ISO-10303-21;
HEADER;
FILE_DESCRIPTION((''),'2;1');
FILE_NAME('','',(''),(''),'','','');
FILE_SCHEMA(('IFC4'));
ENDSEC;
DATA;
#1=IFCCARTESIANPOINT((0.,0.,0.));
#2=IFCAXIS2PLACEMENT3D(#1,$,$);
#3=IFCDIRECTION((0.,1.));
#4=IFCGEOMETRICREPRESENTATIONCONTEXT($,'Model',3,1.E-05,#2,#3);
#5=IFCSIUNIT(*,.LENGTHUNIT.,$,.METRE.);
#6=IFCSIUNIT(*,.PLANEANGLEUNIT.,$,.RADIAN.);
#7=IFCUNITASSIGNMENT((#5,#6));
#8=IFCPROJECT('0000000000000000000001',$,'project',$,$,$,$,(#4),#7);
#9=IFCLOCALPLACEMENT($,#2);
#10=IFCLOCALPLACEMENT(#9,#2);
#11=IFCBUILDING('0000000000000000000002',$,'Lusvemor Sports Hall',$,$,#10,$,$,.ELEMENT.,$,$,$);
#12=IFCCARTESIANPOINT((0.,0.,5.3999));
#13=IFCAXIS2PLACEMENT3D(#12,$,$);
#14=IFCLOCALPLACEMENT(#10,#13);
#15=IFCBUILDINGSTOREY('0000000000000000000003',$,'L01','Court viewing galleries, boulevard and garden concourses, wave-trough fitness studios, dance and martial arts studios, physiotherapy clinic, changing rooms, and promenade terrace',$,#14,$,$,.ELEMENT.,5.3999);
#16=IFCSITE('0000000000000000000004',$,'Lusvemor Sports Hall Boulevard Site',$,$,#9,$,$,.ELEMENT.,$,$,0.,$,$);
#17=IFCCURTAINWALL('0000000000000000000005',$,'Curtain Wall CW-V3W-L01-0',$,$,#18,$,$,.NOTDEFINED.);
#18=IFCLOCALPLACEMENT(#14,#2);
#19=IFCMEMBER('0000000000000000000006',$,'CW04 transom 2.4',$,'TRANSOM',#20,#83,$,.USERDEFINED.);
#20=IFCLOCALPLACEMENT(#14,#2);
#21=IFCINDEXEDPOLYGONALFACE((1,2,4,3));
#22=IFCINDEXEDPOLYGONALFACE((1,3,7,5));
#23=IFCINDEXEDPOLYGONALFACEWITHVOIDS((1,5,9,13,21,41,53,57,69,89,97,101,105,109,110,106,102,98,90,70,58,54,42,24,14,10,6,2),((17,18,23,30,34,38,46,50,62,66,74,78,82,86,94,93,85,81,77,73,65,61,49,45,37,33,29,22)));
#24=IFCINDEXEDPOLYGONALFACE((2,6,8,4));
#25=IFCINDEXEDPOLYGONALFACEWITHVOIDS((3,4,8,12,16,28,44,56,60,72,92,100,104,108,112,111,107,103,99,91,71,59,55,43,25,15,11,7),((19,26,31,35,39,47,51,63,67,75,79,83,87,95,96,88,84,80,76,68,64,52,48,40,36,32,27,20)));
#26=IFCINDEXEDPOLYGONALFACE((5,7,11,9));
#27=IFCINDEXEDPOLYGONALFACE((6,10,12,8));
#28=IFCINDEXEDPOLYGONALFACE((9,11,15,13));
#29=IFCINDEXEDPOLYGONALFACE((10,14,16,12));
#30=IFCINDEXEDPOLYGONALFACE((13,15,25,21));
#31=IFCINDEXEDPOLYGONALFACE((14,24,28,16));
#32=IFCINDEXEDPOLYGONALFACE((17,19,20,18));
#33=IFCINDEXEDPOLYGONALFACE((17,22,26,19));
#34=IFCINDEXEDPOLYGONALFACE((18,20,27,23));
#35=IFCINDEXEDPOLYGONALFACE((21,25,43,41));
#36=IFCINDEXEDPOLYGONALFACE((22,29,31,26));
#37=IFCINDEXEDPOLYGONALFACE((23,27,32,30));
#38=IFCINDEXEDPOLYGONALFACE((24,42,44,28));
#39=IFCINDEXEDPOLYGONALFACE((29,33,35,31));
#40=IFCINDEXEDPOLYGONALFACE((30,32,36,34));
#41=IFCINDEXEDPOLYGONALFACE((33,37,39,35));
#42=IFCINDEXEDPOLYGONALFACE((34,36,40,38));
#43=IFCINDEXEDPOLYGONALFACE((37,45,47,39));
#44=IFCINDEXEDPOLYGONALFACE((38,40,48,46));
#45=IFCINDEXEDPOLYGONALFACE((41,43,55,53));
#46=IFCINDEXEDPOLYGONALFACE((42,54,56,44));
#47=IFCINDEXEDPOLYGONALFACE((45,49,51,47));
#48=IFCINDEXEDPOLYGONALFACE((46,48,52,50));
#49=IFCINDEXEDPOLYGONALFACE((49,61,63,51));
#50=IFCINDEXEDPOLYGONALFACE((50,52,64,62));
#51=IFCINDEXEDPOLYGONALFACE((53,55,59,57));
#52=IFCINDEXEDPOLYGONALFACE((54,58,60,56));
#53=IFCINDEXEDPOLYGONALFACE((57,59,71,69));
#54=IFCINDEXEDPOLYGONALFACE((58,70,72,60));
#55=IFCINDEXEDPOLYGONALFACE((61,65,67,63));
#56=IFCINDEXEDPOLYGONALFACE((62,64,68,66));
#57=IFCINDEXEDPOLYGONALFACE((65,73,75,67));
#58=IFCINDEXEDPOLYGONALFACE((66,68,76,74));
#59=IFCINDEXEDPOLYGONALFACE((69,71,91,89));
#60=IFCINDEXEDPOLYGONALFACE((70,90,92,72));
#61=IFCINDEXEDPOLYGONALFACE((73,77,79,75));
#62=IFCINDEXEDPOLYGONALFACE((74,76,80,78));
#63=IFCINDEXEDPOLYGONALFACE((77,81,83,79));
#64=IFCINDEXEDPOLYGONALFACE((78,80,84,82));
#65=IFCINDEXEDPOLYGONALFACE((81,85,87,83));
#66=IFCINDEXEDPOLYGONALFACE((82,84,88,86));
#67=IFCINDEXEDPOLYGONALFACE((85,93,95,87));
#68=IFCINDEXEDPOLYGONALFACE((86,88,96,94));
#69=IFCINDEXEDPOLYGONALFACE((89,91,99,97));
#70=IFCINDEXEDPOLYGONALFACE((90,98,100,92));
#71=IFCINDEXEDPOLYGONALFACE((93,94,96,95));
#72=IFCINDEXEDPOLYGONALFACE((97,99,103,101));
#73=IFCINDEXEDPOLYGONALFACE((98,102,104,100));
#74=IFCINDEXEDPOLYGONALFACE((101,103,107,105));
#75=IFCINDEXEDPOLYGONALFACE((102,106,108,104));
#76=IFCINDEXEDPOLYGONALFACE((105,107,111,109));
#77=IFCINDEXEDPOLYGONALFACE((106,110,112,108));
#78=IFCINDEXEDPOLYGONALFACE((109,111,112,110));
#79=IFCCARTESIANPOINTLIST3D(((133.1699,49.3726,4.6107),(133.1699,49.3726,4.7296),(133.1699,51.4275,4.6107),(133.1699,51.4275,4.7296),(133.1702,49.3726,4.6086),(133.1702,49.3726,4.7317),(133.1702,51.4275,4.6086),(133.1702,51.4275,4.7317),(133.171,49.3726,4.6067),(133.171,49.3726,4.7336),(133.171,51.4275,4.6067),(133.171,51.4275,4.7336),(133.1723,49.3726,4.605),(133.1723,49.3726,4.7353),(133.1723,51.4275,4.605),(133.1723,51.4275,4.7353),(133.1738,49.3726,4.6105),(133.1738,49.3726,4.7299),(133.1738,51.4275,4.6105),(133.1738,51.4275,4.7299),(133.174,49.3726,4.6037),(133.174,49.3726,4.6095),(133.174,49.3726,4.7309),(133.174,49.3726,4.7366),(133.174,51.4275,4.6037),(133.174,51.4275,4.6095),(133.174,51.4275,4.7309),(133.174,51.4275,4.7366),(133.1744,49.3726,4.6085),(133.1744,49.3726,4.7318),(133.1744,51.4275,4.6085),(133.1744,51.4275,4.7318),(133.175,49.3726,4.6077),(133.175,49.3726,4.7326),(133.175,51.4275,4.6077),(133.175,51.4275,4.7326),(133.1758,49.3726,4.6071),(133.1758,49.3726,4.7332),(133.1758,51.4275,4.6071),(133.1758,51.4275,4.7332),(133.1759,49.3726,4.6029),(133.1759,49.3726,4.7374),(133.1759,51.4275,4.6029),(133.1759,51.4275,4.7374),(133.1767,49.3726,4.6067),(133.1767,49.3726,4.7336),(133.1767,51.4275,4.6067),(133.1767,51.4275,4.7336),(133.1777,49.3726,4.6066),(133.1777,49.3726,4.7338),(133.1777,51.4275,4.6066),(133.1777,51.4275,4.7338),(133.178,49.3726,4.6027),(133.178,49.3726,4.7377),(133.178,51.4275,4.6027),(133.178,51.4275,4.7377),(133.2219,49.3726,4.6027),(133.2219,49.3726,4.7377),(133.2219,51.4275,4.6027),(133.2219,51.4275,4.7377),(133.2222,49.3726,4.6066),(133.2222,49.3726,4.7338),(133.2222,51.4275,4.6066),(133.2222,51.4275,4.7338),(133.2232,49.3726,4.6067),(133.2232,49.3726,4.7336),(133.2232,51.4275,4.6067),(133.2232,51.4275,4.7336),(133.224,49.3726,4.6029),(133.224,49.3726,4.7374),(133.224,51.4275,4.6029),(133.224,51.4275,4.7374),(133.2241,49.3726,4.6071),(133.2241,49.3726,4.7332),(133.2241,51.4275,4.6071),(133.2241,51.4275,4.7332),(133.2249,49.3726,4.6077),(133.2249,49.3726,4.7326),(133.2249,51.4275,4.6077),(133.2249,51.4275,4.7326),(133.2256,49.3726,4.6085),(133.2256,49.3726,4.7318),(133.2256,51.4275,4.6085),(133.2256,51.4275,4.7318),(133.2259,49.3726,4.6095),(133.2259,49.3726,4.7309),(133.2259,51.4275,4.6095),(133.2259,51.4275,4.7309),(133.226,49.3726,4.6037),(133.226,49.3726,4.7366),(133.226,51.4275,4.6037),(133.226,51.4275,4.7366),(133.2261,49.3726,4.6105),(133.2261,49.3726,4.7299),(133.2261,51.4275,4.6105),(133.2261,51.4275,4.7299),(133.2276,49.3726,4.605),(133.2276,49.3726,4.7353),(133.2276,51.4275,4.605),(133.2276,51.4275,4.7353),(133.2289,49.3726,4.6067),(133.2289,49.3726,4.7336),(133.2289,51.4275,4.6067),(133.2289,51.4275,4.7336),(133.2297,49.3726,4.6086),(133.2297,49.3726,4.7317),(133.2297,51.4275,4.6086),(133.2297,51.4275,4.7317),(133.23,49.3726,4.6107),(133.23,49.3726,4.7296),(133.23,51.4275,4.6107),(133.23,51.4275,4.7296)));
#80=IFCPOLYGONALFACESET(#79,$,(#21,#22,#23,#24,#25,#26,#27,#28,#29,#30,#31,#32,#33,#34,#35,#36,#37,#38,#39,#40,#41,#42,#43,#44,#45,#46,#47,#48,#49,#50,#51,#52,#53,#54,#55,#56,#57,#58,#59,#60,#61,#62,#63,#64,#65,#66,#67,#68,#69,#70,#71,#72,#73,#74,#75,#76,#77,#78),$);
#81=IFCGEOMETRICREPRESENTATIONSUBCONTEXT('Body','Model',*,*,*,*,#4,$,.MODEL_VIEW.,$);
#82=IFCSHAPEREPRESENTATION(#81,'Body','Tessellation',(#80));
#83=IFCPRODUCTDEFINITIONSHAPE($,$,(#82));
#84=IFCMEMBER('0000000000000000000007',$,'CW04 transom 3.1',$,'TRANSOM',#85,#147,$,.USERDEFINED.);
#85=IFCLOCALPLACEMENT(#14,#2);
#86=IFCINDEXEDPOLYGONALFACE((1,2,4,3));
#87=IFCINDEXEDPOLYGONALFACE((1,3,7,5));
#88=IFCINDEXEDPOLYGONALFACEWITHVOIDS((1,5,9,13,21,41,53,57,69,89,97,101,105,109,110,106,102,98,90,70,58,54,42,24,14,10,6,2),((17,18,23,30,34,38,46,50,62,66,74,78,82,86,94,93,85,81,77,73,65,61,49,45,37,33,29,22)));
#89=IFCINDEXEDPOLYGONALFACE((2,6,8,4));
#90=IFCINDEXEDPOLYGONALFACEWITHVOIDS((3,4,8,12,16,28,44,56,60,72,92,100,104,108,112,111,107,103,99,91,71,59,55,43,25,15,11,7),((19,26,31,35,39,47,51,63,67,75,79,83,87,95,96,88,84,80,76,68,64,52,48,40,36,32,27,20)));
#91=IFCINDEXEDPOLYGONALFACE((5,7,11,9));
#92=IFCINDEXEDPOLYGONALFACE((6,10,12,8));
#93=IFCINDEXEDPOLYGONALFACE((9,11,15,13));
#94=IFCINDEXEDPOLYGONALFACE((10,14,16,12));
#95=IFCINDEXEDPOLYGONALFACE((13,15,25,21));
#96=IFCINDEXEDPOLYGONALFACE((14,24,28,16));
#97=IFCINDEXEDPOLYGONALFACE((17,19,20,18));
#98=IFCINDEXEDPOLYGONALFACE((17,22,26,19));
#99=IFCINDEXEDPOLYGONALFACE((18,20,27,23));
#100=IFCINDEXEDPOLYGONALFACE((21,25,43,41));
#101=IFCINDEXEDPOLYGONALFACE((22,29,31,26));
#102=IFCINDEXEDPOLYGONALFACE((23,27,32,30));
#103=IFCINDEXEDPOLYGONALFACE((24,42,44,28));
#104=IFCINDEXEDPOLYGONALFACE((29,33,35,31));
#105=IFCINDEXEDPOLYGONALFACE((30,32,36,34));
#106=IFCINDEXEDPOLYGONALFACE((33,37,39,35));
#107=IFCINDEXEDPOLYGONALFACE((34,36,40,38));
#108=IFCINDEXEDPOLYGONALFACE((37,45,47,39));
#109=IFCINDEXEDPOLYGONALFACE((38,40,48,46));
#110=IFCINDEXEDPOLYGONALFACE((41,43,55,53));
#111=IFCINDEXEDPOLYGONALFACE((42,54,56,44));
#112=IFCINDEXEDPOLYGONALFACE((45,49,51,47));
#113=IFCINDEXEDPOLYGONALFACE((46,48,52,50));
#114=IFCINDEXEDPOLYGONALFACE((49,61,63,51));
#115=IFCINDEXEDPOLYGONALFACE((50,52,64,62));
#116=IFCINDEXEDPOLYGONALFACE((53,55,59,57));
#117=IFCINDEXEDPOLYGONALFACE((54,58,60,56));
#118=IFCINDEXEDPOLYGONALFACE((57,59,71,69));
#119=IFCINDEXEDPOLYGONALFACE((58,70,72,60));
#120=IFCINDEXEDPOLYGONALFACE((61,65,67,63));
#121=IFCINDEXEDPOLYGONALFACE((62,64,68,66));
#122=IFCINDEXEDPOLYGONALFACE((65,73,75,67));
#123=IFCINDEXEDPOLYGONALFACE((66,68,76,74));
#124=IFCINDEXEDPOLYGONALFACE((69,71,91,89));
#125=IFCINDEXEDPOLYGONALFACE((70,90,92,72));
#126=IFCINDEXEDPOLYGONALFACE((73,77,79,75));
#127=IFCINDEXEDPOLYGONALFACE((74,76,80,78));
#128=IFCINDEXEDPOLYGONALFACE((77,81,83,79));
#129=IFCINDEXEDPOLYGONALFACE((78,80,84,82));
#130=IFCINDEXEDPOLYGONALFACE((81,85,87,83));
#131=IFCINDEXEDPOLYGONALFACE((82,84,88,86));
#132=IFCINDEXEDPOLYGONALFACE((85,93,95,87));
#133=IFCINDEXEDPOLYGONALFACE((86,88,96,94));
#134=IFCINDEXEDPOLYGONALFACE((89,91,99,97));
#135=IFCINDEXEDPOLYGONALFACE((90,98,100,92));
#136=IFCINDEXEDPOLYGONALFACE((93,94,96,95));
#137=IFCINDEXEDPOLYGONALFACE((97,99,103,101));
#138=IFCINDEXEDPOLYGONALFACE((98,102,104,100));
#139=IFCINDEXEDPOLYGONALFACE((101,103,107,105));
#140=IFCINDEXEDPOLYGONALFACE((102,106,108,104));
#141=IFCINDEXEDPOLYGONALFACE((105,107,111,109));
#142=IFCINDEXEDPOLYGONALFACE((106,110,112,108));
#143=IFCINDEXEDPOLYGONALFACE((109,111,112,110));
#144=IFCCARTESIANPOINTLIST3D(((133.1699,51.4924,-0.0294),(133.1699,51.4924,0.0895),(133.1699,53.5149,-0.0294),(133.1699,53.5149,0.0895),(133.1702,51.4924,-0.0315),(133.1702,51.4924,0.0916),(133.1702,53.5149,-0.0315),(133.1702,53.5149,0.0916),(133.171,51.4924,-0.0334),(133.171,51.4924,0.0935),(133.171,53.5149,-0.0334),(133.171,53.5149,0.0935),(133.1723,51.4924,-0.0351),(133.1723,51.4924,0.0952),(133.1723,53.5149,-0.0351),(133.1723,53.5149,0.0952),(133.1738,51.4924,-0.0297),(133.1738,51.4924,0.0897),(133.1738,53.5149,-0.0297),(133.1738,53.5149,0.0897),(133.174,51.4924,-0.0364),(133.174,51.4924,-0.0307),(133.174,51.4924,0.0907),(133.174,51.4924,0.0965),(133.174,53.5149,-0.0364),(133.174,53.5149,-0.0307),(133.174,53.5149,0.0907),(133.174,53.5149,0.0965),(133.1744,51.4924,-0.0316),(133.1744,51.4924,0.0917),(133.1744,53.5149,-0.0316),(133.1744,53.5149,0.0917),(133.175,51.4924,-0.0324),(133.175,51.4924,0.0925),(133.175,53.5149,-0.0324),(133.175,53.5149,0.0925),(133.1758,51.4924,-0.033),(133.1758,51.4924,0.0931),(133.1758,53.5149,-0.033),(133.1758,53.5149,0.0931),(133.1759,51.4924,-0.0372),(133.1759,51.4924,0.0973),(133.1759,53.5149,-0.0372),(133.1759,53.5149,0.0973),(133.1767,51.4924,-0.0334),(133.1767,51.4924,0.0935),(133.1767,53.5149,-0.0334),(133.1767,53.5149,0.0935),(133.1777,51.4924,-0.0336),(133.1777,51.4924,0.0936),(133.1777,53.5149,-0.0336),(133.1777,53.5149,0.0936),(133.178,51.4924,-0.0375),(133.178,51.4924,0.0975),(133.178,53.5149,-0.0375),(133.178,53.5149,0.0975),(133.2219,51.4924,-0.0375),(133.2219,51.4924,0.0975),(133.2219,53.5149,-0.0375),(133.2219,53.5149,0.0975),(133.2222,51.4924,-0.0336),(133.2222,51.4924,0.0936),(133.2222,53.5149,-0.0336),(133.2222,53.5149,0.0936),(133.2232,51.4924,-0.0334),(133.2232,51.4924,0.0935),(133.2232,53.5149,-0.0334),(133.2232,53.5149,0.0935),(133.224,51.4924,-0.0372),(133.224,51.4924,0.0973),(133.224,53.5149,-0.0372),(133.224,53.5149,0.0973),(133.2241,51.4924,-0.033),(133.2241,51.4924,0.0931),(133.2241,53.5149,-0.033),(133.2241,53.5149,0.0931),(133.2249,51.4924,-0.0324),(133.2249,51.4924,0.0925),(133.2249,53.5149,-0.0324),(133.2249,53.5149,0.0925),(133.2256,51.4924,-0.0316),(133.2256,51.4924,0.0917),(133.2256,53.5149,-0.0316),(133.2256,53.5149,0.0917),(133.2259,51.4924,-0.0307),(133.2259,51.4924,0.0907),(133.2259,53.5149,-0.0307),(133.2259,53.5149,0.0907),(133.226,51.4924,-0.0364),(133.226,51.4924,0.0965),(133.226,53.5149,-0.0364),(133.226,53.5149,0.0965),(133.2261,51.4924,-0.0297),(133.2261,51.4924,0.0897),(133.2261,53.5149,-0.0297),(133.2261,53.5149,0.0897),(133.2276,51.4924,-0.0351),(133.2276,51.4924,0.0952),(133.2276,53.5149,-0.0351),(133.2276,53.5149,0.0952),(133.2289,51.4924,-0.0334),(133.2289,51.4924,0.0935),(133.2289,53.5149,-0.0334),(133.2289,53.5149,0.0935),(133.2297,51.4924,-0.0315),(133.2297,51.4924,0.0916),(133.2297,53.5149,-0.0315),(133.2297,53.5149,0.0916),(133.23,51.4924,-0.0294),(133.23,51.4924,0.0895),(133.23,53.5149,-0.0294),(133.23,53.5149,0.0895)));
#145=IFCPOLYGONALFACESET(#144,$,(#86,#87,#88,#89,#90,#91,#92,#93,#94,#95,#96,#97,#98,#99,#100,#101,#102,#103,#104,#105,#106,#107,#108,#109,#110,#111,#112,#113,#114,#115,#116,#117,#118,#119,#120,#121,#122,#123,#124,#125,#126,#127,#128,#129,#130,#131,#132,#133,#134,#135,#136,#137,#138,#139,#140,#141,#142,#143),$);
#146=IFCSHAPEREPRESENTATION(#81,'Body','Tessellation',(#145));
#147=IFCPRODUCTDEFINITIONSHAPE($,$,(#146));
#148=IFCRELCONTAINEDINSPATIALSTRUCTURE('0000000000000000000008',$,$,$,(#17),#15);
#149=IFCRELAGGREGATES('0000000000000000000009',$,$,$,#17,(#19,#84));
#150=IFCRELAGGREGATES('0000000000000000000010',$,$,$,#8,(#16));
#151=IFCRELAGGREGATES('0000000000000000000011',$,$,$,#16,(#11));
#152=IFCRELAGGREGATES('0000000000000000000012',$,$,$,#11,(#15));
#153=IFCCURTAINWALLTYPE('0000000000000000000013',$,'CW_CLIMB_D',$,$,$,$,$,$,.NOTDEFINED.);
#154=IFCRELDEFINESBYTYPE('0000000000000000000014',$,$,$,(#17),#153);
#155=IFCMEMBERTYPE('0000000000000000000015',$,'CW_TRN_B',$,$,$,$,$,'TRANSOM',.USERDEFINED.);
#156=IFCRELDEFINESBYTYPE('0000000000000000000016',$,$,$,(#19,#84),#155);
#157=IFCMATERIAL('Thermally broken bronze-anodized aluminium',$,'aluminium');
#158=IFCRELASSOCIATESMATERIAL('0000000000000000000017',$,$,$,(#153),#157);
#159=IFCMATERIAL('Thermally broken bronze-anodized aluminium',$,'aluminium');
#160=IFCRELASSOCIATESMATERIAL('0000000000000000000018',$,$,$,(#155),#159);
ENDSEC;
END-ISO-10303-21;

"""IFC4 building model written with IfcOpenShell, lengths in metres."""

from ifc_helpers import new_model, si_unit, direction, frame, origin, origin_2d, place, context, subcontext, project, spatial, hollow_rectangle, extrude, material, material_profile, profile_set, type_object, element, aggregate, save


model = new_model("IFC4")

# Units and contexts
model_context = context("Model", 3, precision=1e-05, world=origin(), true_north=direction((0.0, 1.0)))
body_context = subcontext(model_context, "Body", "Model", "MODEL_VIEW")
ifc_project = project(units=[si_unit("LENGTHUNIT", "METRE"), si_unit("PLANEANGLEUNIT", "RADIAN")], contexts=[model_context])

# Site, building, storey
site_placement = place(None, origin())
site = spatial("IfcSite", under=ifc_project, at=site_placement, Name="Lusvemor Sports Hall Boulevard Site", CompositionType="ELEMENT", RefElevation=0.0)
building_placement = place(site_placement, origin())
building = spatial("IfcBuilding", under=site, at=building_placement, Name="Lusvemor Sports Hall", CompositionType="ELEMENT")
storey_placement = place(building_placement, frame((0.0, 0.0, 5.3999)))
storey = spatial("IfcBuildingStorey", under=building, at=storey_placement, Name="L01", Description="Court viewing galleries, boulevard and garden concourses, wave-trough fitness studios, dance and martial arts studios, physiotherapy clinic, changing rooms, and promenade terrace", CompositionType="ELEMENT", Elevation=5.3999)

# Curtain wall
ifc_material_1 = material(Name="Thermally broken bronze-anodized aluminium", Category="aluminium")
curtain_wall_type_1 = type_object("IfcCurtainWallType", Name="CW_CLIMB_D", PredefinedType="NOTDEFINED", material=ifc_material_1)
curtain_wall_1_placement = place(storey_placement, origin())
curtain_wall_1 = element("IfcCurtainWall", 1, at=curtain_wall_1_placement, inside=storey, type_object=curtain_wall_type_1, Name="Curtain Wall CW-V3W-L01-0", PredefinedType="NOTDEFINED")

# Members
ifc_material_2 = material(Name="Thermally broken bronze-anodized aluminium", Category="aluminium")
ifc_material_profile_1 = material_profile(ifc_material_2, hollow_rectangle(XDim=0.0601, YDim=0.135, WallThickness=0.0039, InnerFilletRadius=0.0039, OuterFilletRadius=0.0081, at=origin_2d()), Name="CWTRN135x60x4")
ifc_profile_set_1 = profile_set([ifc_material_profile_1], Name="Thermally broken bronze-anodized aluminium")
member_type_1 = type_object("IfcMemberType", Name="CW_TRN_B", ElementType="TRANSOM", PredefinedType="USERDEFINED", material=ifc_profile_set_1)
member_1_placement = place(storey_placement, frame((133.2, 49.3726, 4.6702), z_axis=(0.0, 1.0, 0.0), x_axis=(-1.0, 0.0, 0.0)))
member_1 = element("IfcMember", 2, at=member_1_placement, type_object=member_type_1, Name="CW04 transom 2.4", ObjectType="TRANSOM", PredefinedType="USERDEFINED", context=body_context, shape_type="SweptSolid", body=[
    extrude(hollow_rectangle(XDim=0.0601, YDim=0.135, WallThickness=0.0039, InnerFilletRadius=0.0039, OuterFilletRadius=0.0081, at=origin_2d()), origin(), (0.0, 0.0, 1.0), 2.0549),
])
member_2_placement = place(storey_placement, frame((133.2, 51.4924, 0.03), z_axis=(0.0, 1.0, 0.0), x_axis=(-1.0, 0.0, 0.0)))
member_2 = element("IfcMember", 3, at=member_2_placement, type_object=member_type_1, Name="CW04 transom 3.1", ObjectType="TRANSOM", PredefinedType="USERDEFINED", context=body_context, shape_type="SweptSolid", body=[
    extrude(hollow_rectangle(XDim=0.0601, YDim=0.135, WallThickness=0.0039, InnerFilletRadius=0.0039, OuterFilletRadius=0.0081, at=origin_2d()), origin(), (0.0, 0.0, 1.0), 2.0225),
])

aggregate(curtain_wall_1, [member_1, member_2])

save(model, "model.ifc")
